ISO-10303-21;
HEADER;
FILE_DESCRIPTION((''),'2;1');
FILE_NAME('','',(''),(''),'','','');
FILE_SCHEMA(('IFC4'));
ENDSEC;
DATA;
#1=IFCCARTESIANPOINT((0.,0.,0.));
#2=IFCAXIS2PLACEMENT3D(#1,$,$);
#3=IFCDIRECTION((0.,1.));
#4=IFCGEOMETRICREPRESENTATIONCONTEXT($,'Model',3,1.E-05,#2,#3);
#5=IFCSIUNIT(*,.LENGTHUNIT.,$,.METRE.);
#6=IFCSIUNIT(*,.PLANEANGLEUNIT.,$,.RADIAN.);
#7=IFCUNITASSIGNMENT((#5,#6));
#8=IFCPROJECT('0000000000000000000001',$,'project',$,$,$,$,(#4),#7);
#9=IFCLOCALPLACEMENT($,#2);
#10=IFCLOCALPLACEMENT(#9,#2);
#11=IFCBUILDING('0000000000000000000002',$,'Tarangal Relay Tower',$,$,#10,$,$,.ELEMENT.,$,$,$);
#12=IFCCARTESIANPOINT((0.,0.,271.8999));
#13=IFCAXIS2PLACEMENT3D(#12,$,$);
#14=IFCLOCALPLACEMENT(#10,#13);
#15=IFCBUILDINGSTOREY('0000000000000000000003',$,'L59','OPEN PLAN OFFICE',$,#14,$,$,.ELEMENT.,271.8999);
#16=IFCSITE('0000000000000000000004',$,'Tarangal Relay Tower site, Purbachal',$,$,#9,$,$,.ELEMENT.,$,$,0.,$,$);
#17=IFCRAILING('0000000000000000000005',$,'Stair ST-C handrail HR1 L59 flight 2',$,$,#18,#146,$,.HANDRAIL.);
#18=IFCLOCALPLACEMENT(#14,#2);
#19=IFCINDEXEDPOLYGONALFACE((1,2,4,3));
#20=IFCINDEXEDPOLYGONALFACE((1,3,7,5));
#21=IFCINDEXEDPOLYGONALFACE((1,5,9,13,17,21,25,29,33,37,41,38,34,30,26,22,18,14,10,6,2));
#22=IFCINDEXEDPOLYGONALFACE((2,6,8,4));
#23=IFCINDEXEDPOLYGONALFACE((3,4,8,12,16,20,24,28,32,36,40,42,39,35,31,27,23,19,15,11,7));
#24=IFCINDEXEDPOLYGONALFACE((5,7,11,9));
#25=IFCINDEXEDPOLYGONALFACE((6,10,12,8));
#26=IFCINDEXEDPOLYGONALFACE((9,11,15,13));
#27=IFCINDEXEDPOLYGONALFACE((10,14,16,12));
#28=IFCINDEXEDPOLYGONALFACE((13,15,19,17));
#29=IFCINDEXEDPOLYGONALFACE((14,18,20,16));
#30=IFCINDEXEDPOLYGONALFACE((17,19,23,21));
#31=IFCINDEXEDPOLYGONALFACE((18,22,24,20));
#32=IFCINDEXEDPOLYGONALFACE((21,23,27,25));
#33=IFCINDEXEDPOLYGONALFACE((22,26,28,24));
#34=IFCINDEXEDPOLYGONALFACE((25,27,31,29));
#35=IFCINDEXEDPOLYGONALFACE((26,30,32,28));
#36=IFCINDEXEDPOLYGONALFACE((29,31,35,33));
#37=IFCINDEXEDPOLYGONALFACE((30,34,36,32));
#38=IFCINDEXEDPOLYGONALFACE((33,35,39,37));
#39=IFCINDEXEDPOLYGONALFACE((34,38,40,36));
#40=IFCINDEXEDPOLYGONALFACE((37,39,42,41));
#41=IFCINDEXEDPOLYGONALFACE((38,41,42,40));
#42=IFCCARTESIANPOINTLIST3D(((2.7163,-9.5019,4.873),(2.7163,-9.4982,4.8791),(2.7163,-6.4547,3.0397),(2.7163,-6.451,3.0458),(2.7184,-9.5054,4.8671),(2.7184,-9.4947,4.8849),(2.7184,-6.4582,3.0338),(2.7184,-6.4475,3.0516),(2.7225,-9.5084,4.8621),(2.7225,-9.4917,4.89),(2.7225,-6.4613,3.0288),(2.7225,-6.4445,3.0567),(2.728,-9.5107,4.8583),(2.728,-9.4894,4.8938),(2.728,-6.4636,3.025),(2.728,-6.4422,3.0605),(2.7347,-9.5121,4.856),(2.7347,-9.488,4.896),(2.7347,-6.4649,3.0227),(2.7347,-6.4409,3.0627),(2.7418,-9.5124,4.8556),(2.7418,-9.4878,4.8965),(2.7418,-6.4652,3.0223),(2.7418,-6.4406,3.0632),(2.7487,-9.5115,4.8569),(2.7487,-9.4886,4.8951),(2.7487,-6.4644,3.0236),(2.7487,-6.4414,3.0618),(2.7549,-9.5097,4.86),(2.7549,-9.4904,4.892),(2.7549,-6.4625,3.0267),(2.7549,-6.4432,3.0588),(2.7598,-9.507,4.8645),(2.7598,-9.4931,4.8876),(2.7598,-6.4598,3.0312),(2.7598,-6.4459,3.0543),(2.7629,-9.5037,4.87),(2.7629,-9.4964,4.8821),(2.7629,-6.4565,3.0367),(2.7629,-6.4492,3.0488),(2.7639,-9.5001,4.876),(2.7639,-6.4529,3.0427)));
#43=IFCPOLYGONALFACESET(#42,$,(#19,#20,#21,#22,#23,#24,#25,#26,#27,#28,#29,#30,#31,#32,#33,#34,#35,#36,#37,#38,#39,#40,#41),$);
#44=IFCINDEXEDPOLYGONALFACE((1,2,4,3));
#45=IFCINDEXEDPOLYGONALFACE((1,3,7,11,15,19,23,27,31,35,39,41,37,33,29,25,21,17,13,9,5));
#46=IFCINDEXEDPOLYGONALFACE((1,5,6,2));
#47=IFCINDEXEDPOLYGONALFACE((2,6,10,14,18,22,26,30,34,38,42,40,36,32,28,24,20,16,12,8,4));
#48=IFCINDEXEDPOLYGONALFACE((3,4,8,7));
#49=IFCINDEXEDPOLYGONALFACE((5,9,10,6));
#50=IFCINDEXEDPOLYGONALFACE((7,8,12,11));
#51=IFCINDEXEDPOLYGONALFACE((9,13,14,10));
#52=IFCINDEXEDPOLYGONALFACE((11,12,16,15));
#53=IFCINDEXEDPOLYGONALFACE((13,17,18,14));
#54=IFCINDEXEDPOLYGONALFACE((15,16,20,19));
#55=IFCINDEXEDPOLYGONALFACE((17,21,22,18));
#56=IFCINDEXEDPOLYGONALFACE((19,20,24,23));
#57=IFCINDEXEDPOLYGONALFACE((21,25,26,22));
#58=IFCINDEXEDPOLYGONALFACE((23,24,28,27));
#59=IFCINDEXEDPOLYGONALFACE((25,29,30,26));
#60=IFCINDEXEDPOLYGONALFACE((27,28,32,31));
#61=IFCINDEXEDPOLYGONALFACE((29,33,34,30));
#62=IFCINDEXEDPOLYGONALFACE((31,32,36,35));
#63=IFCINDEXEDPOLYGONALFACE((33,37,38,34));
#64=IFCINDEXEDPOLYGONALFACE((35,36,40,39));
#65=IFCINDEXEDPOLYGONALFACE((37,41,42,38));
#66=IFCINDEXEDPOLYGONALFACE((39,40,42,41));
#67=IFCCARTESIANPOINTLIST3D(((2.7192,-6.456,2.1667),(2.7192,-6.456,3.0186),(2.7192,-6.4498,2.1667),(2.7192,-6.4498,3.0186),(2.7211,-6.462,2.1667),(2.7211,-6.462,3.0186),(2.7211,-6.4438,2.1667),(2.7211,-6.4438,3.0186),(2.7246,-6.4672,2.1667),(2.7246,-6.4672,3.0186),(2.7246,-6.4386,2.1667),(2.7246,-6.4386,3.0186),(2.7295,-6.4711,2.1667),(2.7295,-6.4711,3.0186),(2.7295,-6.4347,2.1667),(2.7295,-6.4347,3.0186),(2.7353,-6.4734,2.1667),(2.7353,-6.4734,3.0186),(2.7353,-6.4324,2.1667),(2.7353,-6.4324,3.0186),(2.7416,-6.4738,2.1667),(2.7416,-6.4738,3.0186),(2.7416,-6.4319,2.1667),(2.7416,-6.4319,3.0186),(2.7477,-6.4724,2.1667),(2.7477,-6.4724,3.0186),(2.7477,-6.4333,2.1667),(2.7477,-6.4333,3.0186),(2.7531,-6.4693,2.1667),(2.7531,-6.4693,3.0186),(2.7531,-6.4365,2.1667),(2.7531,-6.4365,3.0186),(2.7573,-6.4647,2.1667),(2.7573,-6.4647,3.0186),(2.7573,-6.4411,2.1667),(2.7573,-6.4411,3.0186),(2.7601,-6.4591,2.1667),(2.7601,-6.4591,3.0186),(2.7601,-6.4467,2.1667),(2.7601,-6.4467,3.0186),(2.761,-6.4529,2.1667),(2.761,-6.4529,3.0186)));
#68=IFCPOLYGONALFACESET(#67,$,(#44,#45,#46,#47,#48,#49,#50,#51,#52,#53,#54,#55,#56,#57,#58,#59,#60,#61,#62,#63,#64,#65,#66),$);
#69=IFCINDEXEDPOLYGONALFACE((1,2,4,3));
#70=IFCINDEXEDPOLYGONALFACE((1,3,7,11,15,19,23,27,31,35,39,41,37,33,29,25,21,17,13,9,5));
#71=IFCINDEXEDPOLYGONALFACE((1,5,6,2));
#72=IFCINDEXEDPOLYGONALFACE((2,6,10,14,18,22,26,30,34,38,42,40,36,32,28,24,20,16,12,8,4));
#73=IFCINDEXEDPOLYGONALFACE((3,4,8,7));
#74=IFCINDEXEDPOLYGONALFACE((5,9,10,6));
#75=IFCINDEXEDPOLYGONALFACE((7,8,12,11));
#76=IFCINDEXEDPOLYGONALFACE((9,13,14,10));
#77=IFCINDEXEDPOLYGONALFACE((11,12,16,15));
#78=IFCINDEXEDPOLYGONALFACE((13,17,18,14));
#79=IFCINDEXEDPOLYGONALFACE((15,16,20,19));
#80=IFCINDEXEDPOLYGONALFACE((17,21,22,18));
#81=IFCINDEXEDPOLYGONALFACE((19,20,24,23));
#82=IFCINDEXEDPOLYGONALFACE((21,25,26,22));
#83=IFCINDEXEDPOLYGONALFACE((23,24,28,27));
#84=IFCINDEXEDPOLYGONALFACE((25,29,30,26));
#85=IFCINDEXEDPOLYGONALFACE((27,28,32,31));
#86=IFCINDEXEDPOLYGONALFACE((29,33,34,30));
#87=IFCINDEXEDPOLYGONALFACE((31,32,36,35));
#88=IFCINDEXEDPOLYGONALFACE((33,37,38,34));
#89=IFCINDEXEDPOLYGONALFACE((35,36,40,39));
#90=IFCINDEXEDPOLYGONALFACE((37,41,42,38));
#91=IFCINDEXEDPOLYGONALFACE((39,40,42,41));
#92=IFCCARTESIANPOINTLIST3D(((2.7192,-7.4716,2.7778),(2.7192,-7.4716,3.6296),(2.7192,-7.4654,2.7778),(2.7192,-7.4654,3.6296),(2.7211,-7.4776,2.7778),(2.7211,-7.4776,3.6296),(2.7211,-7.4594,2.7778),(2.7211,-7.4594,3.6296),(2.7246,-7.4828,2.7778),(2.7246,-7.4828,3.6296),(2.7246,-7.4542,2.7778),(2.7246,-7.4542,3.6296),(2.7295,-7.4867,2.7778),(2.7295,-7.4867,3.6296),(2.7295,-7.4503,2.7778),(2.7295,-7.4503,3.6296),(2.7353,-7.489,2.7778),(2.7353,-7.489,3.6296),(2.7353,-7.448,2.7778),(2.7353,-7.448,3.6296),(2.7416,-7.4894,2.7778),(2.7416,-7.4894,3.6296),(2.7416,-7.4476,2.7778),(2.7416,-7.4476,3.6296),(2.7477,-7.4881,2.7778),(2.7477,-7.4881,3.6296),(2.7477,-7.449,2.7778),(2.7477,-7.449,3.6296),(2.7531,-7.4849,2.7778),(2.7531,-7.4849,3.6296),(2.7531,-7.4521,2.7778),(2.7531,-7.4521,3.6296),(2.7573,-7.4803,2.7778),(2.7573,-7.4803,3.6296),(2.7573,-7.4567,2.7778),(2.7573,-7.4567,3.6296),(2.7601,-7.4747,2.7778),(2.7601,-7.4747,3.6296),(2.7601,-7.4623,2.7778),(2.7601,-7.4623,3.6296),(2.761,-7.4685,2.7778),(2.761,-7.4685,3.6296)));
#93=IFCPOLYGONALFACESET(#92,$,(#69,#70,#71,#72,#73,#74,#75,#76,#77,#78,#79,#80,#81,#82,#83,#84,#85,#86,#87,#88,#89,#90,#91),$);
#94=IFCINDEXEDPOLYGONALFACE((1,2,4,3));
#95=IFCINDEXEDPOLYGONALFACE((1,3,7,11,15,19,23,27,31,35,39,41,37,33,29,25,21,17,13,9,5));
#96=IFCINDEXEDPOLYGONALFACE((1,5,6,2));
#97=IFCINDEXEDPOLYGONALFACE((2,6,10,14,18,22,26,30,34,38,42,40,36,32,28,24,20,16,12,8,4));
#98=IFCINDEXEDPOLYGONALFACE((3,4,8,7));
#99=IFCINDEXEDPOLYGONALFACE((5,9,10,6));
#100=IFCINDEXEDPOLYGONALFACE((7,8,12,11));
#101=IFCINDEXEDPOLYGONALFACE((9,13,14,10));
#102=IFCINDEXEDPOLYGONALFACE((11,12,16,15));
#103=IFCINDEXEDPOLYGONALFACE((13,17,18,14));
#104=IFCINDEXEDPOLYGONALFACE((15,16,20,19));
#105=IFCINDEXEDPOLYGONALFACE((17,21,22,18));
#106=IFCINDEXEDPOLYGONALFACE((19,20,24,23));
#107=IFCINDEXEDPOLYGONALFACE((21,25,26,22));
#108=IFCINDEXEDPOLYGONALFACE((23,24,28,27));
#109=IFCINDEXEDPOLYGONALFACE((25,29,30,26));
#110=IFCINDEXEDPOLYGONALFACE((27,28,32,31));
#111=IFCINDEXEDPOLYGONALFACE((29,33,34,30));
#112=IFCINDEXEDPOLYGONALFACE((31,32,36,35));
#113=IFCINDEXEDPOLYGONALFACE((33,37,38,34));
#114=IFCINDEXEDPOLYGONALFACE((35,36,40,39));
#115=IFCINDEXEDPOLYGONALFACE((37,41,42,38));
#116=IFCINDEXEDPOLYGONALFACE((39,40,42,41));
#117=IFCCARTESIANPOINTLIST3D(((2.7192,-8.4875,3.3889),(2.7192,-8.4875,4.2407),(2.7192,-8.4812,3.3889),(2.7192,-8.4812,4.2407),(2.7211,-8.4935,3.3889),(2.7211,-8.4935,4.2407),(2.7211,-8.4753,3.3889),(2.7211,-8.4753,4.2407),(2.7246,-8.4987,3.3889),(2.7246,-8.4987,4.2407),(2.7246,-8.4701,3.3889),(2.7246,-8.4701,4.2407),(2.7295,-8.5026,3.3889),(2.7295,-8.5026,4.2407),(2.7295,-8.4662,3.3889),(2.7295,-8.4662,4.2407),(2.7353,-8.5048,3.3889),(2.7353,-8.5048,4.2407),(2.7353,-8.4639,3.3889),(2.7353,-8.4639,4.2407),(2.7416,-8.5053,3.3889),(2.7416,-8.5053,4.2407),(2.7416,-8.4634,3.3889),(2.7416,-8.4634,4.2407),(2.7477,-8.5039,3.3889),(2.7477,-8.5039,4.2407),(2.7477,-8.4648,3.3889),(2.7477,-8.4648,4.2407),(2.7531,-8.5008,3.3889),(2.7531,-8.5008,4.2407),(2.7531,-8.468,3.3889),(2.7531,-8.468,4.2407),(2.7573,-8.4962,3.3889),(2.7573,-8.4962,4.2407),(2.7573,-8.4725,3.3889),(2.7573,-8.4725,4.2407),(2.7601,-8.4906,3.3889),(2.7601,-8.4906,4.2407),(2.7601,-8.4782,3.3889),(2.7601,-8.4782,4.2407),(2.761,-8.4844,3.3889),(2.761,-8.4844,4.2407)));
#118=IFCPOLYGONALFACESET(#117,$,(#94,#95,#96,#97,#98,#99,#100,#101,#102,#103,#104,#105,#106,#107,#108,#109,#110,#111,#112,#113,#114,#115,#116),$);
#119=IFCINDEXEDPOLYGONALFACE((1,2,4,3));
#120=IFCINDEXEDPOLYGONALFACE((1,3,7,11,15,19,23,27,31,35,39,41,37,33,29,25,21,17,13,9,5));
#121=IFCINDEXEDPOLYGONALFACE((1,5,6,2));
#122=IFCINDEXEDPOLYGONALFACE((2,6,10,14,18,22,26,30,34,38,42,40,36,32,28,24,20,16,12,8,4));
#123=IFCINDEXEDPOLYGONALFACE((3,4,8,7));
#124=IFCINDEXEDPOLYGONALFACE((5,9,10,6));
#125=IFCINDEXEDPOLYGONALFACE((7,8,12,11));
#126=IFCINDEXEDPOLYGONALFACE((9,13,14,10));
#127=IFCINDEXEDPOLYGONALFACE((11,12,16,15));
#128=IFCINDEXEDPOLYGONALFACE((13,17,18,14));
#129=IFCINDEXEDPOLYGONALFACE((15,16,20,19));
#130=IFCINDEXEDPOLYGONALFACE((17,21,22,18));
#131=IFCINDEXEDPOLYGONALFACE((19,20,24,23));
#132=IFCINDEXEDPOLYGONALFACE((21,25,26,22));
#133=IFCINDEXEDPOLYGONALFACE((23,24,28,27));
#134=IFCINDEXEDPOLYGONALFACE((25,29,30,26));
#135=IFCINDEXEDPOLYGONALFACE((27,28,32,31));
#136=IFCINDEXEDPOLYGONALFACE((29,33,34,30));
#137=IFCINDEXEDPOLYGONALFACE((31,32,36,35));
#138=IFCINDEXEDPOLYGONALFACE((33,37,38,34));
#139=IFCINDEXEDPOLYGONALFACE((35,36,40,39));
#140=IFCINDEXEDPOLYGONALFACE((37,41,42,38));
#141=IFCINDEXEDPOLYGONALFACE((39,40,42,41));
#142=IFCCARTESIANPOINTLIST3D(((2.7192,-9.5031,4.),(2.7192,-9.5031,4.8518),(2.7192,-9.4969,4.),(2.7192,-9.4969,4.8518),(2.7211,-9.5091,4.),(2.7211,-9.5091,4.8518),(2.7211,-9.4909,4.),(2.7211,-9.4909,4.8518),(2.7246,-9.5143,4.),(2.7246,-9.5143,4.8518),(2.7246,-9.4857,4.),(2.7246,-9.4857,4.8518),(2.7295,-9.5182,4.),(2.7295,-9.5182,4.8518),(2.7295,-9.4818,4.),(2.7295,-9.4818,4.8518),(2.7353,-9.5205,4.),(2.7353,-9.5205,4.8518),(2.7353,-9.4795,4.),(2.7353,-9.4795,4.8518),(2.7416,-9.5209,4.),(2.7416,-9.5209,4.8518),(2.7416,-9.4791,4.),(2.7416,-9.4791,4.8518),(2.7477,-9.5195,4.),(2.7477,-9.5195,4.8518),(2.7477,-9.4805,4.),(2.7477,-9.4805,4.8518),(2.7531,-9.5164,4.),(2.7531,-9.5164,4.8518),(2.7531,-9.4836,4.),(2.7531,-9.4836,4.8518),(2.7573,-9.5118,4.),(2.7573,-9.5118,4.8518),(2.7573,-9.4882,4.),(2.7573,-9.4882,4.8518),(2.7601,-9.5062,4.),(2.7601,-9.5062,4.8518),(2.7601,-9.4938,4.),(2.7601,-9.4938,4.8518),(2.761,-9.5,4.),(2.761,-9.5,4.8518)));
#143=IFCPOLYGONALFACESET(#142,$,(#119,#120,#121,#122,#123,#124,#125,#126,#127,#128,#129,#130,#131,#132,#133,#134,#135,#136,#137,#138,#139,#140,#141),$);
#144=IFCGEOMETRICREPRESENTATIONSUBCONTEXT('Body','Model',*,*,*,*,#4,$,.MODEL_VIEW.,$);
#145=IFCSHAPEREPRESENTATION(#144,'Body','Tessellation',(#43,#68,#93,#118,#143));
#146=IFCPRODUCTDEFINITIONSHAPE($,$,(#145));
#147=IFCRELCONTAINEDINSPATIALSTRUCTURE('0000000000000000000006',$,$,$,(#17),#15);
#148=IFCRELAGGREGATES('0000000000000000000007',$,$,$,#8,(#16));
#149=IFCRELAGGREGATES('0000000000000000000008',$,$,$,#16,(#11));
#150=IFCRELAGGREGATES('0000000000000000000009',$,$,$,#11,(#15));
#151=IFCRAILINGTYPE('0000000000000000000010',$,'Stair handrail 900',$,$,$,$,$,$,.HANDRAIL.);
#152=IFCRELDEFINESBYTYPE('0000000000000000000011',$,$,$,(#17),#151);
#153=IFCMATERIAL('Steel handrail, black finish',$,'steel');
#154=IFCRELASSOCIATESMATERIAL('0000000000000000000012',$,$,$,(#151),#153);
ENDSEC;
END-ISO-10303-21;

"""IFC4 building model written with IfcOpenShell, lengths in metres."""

from ifc_helpers import new_model, si_unit, direction, frame, origin, origin_2d, place, context, subcontext, project, spatial, circle, extrude, material, type_object, element, save


model = new_model("IFC4")

# Units and contexts
model_context = context("Model", 3, precision=1e-05, world=origin(), true_north=direction((0.0, 1.0)))
body_context = subcontext(model_context, "Body", "Model", "MODEL_VIEW")
ifc_project = project(units=[si_unit("LENGTHUNIT", "METRE"), si_unit("PLANEANGLEUNIT", "RADIAN")], contexts=[model_context])

# Site, building, storey
site_placement = place(None, origin())
site = spatial("IfcSite", under=ifc_project, at=site_placement, Name="Tarangal Relay Tower site, Purbachal", CompositionType="ELEMENT", RefElevation=0.0)
building_placement = place(site_placement, origin())
building = spatial("IfcBuilding", under=site, at=building_placement, Name="Tarangal Relay Tower", CompositionType="ELEMENT")
storey_placement = place(building_placement, frame((0.0, 0.0, 271.8999)))
storey = spatial("IfcBuildingStorey", under=building, at=storey_placement, Name="L59", Description="OPEN PLAN OFFICE", CompositionType="ELEMENT", Elevation=271.8999)

# Railing
ifc_material_1 = material(Name="Steel handrail, black finish", Category="steel")
railing_type_1 = type_object("IfcRailingType", Name="Stair handrail 900", PredefinedType="HANDRAIL", material=ifc_material_1)
railing_1_placement = place(storey_placement, frame((2.74, -6.4529, 2.1667)))
element("IfcRailing", 1, at=railing_1_placement, inside=storey, type_object=railing_type_1, Name="Stair ST-C handrail HR1 L59 flight 2", PredefinedType="HANDRAIL", context=body_context, shape_type="SweptSolid", body=[
    extrude(circle(Radius=0.0239, at=origin_2d()), frame((0.0, 0.0, 0.876), z_axis=(0.0, -0.856874, 0.515525), x_axis=(1.0, 0.0, 0.0)), (0.0, 0.0, 1.0), 3.5562),
    extrude(circle(Radius=0.021, at=origin_2d()), origin(), (0.0, 0.0, 1.0), 0.8518),
    extrude(circle(Radius=0.021, at=origin_2d()), frame((0.0, -1.0156, 0.6111)), (0.0, 0.0, 1.0), 0.8518),
    extrude(circle(Radius=0.021, at=origin_2d()), frame((0.0, -2.0315, 1.2222)), (0.0, 0.0, 1.0), 0.8518),
    extrude(circle(Radius=0.021, at=origin_2d()), frame((0.0, -3.0471, 1.8333)), (0.0, 0.0, 1.0), 0.8518),
])

save(model, "model.ifc")
